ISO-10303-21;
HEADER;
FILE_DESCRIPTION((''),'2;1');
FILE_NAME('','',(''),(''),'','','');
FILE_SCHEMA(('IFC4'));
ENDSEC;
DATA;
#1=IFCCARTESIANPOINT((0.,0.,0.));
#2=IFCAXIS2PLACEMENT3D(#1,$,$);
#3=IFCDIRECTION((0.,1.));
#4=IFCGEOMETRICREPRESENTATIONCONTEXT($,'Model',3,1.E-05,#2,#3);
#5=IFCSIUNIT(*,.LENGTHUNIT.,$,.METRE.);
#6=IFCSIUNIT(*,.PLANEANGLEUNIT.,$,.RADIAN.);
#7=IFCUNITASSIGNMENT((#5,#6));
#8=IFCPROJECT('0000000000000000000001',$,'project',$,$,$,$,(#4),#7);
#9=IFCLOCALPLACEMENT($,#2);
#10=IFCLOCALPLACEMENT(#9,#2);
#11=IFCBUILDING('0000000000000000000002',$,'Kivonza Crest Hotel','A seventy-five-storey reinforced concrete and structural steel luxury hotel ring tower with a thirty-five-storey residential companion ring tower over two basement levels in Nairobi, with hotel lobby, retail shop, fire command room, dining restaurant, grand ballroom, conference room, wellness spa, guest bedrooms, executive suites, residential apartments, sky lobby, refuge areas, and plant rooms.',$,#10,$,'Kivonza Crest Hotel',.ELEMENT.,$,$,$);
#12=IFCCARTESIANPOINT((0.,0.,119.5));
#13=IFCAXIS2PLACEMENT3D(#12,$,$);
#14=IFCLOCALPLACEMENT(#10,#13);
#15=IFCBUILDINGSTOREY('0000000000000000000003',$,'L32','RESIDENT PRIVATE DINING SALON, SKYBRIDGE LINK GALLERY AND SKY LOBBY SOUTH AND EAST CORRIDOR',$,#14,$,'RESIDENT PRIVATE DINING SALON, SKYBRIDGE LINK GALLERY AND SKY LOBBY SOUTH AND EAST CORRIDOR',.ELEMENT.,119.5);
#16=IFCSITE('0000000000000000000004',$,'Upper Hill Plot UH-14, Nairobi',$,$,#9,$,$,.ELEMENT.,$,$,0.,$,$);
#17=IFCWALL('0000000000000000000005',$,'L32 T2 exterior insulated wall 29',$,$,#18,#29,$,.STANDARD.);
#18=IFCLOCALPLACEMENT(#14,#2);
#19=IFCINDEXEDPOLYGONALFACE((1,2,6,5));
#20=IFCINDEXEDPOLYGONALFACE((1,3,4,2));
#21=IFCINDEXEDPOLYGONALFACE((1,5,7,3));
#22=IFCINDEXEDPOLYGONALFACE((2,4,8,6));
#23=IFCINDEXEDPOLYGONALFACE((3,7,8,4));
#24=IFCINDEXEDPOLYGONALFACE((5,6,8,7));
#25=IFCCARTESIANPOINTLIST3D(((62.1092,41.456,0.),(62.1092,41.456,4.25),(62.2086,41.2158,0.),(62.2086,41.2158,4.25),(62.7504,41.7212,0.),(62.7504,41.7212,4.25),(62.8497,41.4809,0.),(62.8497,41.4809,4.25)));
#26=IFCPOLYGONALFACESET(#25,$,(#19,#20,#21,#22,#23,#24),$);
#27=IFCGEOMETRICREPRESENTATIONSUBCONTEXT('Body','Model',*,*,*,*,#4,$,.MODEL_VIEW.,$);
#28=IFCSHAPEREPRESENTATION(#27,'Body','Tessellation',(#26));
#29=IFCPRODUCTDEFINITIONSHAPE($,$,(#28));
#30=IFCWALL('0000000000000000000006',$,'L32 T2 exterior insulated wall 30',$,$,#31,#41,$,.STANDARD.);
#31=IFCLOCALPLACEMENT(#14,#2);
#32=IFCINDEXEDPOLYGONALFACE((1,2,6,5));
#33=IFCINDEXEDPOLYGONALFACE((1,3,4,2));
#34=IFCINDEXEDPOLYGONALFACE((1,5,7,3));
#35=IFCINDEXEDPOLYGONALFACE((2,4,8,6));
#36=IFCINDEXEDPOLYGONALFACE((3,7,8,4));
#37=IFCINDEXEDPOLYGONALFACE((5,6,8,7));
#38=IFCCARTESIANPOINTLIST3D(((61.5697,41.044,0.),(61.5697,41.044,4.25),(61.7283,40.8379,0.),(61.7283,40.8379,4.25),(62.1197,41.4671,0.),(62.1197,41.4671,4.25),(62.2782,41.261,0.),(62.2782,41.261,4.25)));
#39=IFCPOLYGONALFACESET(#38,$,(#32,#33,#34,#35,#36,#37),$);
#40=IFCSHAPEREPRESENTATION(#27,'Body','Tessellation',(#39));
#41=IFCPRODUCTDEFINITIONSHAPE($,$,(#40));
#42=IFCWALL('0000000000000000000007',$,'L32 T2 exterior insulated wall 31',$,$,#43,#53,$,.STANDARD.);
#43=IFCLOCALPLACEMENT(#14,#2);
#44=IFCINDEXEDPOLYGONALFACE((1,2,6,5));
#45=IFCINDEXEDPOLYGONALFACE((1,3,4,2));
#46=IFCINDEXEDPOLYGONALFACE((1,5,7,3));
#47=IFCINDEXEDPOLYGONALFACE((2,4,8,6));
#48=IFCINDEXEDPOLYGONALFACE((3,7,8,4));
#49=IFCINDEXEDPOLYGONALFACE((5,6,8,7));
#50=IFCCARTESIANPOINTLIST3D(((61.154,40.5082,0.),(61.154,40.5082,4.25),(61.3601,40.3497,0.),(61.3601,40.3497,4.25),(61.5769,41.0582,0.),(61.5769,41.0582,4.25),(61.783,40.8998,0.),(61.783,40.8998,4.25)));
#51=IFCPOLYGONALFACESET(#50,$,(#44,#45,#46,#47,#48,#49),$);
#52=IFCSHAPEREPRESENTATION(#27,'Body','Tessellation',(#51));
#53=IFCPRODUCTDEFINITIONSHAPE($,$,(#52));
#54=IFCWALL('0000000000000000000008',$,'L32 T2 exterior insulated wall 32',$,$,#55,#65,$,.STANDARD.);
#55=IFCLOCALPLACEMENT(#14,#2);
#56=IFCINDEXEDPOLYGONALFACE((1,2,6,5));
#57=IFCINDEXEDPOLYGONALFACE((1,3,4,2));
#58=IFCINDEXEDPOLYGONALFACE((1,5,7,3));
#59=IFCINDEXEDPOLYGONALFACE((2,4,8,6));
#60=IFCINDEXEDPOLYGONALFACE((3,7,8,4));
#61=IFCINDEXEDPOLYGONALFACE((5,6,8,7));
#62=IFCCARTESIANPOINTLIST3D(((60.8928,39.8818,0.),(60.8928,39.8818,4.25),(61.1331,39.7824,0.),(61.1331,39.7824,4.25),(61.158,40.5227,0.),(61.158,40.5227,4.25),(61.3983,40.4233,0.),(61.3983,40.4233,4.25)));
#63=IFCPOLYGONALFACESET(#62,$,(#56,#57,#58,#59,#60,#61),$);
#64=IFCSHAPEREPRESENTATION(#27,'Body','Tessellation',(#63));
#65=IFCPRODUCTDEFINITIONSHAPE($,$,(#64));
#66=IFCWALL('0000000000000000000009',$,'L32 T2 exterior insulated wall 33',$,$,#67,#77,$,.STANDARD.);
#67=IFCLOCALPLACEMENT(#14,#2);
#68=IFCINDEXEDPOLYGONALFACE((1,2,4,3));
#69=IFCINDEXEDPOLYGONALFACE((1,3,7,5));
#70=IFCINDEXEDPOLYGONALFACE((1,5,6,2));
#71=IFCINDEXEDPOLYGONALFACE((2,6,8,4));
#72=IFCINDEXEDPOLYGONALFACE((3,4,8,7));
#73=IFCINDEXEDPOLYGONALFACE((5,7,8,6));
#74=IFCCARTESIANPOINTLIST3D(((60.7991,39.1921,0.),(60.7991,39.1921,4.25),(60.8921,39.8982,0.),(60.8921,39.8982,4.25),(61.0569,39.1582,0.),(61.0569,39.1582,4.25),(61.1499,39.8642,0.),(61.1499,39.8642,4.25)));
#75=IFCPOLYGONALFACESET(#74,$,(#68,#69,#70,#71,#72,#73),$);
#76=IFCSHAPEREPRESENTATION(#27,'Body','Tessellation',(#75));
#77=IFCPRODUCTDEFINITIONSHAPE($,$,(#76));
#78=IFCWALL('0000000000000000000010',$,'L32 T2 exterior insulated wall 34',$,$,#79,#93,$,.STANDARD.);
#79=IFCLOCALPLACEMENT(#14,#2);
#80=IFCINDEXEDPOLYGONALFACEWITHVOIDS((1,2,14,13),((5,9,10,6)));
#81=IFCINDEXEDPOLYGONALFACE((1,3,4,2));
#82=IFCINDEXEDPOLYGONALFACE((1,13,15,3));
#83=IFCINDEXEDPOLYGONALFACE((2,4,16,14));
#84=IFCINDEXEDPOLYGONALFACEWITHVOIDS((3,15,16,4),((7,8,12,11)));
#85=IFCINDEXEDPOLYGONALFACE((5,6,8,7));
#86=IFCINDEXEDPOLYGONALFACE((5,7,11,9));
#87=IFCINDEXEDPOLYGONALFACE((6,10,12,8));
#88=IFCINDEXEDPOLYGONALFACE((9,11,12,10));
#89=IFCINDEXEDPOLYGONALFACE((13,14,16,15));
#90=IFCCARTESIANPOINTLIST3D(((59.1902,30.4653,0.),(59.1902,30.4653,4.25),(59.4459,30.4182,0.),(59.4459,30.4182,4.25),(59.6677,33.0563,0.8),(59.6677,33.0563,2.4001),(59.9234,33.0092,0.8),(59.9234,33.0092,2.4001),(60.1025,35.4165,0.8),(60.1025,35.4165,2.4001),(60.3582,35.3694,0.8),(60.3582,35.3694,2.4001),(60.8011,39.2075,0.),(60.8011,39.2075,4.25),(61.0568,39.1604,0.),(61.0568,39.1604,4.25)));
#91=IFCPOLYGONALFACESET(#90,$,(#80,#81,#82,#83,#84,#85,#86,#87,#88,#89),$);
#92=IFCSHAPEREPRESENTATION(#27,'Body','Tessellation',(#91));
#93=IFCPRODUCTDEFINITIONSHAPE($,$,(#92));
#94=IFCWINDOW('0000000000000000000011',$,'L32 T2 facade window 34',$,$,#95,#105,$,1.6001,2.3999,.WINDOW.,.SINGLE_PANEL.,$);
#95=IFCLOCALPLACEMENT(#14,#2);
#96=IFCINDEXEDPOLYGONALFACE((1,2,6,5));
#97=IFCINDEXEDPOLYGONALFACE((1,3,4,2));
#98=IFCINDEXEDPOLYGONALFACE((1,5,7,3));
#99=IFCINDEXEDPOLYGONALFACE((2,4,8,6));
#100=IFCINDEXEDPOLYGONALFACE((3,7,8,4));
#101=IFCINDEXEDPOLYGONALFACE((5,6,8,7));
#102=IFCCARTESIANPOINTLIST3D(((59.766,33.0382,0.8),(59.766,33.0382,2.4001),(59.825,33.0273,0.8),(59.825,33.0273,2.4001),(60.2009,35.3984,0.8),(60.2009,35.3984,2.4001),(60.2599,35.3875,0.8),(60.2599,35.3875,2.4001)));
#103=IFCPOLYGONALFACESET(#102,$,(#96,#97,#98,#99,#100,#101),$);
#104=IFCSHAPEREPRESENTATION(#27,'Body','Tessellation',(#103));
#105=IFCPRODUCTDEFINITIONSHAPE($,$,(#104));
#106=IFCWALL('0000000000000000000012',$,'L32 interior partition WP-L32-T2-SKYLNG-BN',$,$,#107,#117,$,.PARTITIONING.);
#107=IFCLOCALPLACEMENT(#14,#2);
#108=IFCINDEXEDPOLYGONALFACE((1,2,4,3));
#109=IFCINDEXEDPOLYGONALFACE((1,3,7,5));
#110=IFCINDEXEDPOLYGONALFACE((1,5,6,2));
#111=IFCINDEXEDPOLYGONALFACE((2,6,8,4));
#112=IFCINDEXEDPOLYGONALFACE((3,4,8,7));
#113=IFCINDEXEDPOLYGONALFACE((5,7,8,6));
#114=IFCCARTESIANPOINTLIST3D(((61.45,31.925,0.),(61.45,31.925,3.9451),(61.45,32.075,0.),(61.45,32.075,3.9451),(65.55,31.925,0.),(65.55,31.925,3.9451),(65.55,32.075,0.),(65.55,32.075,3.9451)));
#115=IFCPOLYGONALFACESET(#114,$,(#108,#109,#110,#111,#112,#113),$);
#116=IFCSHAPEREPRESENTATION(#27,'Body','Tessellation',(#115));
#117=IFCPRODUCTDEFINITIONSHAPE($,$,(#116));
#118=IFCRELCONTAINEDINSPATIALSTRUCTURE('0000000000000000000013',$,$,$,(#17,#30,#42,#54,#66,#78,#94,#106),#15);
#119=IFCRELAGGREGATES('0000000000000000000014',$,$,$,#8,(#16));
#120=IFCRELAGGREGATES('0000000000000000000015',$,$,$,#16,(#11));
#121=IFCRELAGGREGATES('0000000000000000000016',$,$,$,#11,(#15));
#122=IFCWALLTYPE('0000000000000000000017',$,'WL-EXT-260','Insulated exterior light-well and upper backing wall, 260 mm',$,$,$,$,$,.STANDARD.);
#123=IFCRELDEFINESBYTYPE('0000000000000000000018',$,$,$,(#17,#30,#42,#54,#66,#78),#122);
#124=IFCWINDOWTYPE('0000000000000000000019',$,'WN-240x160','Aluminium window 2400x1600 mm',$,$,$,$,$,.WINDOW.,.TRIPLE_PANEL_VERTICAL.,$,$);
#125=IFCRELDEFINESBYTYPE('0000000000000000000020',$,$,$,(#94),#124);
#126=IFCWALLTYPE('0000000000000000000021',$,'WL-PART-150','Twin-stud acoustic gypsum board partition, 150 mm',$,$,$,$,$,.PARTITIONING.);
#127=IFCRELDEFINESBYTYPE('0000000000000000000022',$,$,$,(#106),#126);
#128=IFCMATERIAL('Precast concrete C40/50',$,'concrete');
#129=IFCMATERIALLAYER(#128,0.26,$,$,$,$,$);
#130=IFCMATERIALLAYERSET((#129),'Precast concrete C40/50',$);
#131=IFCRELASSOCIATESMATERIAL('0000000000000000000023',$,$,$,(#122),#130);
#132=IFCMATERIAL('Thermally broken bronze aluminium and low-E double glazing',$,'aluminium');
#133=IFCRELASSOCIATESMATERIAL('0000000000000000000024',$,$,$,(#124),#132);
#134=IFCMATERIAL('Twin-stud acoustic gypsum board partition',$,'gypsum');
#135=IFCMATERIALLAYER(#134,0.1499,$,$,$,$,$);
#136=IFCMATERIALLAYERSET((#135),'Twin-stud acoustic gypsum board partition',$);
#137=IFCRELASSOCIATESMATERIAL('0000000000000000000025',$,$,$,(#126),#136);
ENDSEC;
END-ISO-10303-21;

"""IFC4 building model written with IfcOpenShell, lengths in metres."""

from ifc_helpers import new_model, si_unit, direction, frame, frame_2d, origin, place, context, subcontext, project, spatial, rectangle, extrude, material, layer, layer_set, type_object, element, fill, save


model = new_model("IFC4")

# Units and contexts
model_context = context("Model", 3, precision=1e-05, world=origin(), true_north=direction((0.0, 1.0)))
body_context = subcontext(model_context, "Body", "Model", "MODEL_VIEW")
ifc_project = project(units=[si_unit("LENGTHUNIT", "METRE"), si_unit("PLANEANGLEUNIT", "RADIAN")], contexts=[model_context])

# Site, building, storey
site_placement = place(None, origin())
site = spatial("IfcSite", under=ifc_project, at=site_placement, Name="Upper Hill Plot UH-14, Nairobi", CompositionType="ELEMENT", RefElevation=0.0)
building_placement = place(site_placement, origin())
building = spatial("IfcBuilding", under=site, at=building_placement, Name="Kivonza Crest Hotel", Description="A seventy-five-storey reinforced concrete and structural steel luxury hotel ring tower with a thirty-five-storey residential companion ring tower over two basement levels in Nairobi, with hotel lobby, retail shop, fire command room, dining restaurant, grand ballroom, conference room, wellness spa, guest bedrooms, executive suites, residential apartments, sky lobby, refuge areas, and plant rooms.", LongName="Kivonza Crest Hotel", CompositionType="ELEMENT")
storey_placement = place(building_placement, frame((0.0, 0.0, 119.5)))
storey = spatial("IfcBuildingStorey", under=building, at=storey_placement, Name="L32", Description="RESIDENT PRIVATE DINING SALON, SKYBRIDGE LINK GALLERY AND SKY LOBBY SOUTH AND EAST CORRIDOR", LongName="RESIDENT PRIVATE DINING SALON, SKYBRIDGE LINK GALLERY AND SKY LOBBY SOUTH AND EAST CORRIDOR", CompositionType="ELEMENT", Elevation=119.5)

# Walls
ifc_material_1 = material(Name="Precast concrete C40/50", Category="concrete")
ifc_layer_1 = layer(ifc_material_1, 0.26)
ifc_layer_set_1 = layer_set([ifc_layer_1], Name="Precast concrete C40/50")
wall_type_1 = type_object("IfcWallType", Name="WL-EXT-260", Description="Insulated exterior light-well and upper backing wall, 260 mm", PredefinedType="STANDARD", material=ifc_layer_set_1)
for number, where, z_axis, x_axis, name in (
    (1, (62.8, 41.6011, 0.0), (0.0, 0.0, 1.0), (-0.924094, -0.382165, 0.0), "L32 T2 exterior insulated wall 29"),
    (2, (62.199, 41.364, 0.0), (0.0, 0.0, 1.0), (-0.792637, -0.609694, 0.0), "L32 T2 exterior insulated wall 30"),
    (3, (61.6799, 40.979, 0.0), (0.0, 0.0, 1.0), (-0.609473, -0.792807, 0.0), "L32 T2 exterior insulated wall 31"),
):
    element("IfcWall", number, at=place(storey_placement, frame(where, z_axis=z_axis, x_axis=x_axis)), inside=storey, type_object=wall_type_1, Name=name, PredefinedType="STANDARD", context=body_context, shape_type="SweptSolid", body=[
        extrude(rectangle(XDim=0.6938, YDim=0.26, at=frame_2d((0.3469, 0.0))), origin(), (0.0, 0.0, 1.0), 4.25),
    ])
wall_1_placement = place(storey_placement, frame((61.2781, 40.4729, 0.0), z_axis=(0.0, 0.0, 1.0), x_axis=(-0.38229, -0.924043, 0.0)))
element("IfcWall", 4, at=wall_1_placement, inside=storey, type_object=wall_type_1, Name="L32 T2 exterior insulated wall 32", PredefinedType="STANDARD", context=body_context, shape_type="SweptSolid", body=[
    extrude(rectangle(XDim=0.6936, YDim=0.26, at=frame_2d((0.3467, 0.0))), origin(), (0.0, 0.0, 1.0), 4.25),
])
wall_2_placement = place(storey_placement, frame((61.021, 39.8811, 0.0), z_axis=(0.0, 0.0, 1.0), x_axis=(-0.130614, -0.991433, 0.0)))
element("IfcWall", 5, at=wall_2_placement, inside=storey, type_object=wall_type_1, Name="L32 T2 exterior insulated wall 33", PredefinedType="STANDARD", context=body_context, shape_type="SweptSolid", body=[
    extrude(rectangle(XDim=0.7122, YDim=0.26, at=frame_2d((0.356, 0.0))), origin(), (0.0, 0.0, 1.0), 4.25),
])

# Wall, opening, window
wall_3_placement = place(storey_placement, frame((60.929, 39.1841, 0.0), z_axis=(0.0, 0.0, 1.0), x_axis=(-0.18121, -0.983444, 0.0)))
wall_3 = element("IfcWall", 6, at=wall_3_placement, inside=storey, type_object=wall_type_1, Name="L32 T2 exterior insulated wall 34", PredefinedType="STANDARD", context=body_context, shape_type="SweptSolid", body=[
    extrude(rectangle(XDim=8.8894, YDim=0.26, at=frame_2d((4.4448, 0.0))), origin(), (0.0, 0.0, 1.0), 4.25),
])
opening_1_placement = place(wall_3_placement, frame((3.855, 0.0, 0.8)))
opening_1 = element("IfcOpeningElement", 7, at=opening_1_placement, cuts=wall_3, PredefinedType="OPENING", context=body_context, shape_type="SweptSolid", body=[
    extrude(rectangle(XDim=2.3999, YDim=1.6001, at=frame_2d((1.2, 0.8))), frame((0.0, 0.1401, 0.0), z_axis=(0.0, -1.0, 0.0), x_axis=(1.0, 0.0, 0.0)), (0.0, 0.0, 1.0), 0.28),
])
ifc_material_2 = material(Name="Thermally broken bronze aluminium and low-E double glazing", Category="aluminium")
window_type = type_object("IfcWindowType", Name="WN-240x160", Description="Aluminium window 2400x1600 mm", PartitioningType="TRIPLE_PANEL_VERTICAL", PredefinedType="WINDOW", material=ifc_material_2)
window_placement = place(opening_1_placement, origin())
window = element("IfcWindow", 8, at=window_placement, inside=storey, type_object=window_type, Name="L32 T2 facade window 34", OverallHeight=1.6001, OverallWidth=2.3999, PartitioningType="SINGLE_PANEL", PredefinedType="WINDOW", context=body_context, shape_type="SweptSolid", body=[
    extrude(rectangle(XDim=2.3999, YDim=1.6001, at=frame_2d((1.2, 0.8))), frame((0.0, 0.03, 0.0), z_axis=(0.0, -1.0, 0.0), x_axis=(1.0, 0.0, 0.0)), (0.0, 0.0, 1.0), 0.0601),
])
fill(opening_1, window)

# Wall
ifc_material_3 = material(Name="Twin-stud acoustic gypsum board partition", Category="gypsum")
ifc_layer_2 = layer(ifc_material_3, 0.1499)
ifc_layer_set_2 = layer_set([ifc_layer_2], Name="Twin-stud acoustic gypsum board partition")
wall_type_2 = type_object("IfcWallType", Name="WL-PART-150", Description="Twin-stud acoustic gypsum board partition, 150 mm", PredefinedType="PARTITIONING", material=ifc_layer_set_2)
wall_4_placement = place(storey_placement, frame((61.45, 32.0, 0.0), z_axis=(0.0, 0.0, 1.0), x_axis=(1.0, 0.0, 0.0)))
element("IfcWall", 9, at=wall_4_placement, inside=storey, type_object=wall_type_2, Name="L32 interior partition WP-L32-T2-SKYLNG-BN", PredefinedType="PARTITIONING", context=body_context, shape_type="SweptSolid", body=[
    extrude(rectangle(XDim=4.1001, YDim=0.1499, at=frame_2d((2.05, 0.0))), origin(), (0.0, 0.0, 1.0), 3.9451),
])

save(model, "model.ifc")
